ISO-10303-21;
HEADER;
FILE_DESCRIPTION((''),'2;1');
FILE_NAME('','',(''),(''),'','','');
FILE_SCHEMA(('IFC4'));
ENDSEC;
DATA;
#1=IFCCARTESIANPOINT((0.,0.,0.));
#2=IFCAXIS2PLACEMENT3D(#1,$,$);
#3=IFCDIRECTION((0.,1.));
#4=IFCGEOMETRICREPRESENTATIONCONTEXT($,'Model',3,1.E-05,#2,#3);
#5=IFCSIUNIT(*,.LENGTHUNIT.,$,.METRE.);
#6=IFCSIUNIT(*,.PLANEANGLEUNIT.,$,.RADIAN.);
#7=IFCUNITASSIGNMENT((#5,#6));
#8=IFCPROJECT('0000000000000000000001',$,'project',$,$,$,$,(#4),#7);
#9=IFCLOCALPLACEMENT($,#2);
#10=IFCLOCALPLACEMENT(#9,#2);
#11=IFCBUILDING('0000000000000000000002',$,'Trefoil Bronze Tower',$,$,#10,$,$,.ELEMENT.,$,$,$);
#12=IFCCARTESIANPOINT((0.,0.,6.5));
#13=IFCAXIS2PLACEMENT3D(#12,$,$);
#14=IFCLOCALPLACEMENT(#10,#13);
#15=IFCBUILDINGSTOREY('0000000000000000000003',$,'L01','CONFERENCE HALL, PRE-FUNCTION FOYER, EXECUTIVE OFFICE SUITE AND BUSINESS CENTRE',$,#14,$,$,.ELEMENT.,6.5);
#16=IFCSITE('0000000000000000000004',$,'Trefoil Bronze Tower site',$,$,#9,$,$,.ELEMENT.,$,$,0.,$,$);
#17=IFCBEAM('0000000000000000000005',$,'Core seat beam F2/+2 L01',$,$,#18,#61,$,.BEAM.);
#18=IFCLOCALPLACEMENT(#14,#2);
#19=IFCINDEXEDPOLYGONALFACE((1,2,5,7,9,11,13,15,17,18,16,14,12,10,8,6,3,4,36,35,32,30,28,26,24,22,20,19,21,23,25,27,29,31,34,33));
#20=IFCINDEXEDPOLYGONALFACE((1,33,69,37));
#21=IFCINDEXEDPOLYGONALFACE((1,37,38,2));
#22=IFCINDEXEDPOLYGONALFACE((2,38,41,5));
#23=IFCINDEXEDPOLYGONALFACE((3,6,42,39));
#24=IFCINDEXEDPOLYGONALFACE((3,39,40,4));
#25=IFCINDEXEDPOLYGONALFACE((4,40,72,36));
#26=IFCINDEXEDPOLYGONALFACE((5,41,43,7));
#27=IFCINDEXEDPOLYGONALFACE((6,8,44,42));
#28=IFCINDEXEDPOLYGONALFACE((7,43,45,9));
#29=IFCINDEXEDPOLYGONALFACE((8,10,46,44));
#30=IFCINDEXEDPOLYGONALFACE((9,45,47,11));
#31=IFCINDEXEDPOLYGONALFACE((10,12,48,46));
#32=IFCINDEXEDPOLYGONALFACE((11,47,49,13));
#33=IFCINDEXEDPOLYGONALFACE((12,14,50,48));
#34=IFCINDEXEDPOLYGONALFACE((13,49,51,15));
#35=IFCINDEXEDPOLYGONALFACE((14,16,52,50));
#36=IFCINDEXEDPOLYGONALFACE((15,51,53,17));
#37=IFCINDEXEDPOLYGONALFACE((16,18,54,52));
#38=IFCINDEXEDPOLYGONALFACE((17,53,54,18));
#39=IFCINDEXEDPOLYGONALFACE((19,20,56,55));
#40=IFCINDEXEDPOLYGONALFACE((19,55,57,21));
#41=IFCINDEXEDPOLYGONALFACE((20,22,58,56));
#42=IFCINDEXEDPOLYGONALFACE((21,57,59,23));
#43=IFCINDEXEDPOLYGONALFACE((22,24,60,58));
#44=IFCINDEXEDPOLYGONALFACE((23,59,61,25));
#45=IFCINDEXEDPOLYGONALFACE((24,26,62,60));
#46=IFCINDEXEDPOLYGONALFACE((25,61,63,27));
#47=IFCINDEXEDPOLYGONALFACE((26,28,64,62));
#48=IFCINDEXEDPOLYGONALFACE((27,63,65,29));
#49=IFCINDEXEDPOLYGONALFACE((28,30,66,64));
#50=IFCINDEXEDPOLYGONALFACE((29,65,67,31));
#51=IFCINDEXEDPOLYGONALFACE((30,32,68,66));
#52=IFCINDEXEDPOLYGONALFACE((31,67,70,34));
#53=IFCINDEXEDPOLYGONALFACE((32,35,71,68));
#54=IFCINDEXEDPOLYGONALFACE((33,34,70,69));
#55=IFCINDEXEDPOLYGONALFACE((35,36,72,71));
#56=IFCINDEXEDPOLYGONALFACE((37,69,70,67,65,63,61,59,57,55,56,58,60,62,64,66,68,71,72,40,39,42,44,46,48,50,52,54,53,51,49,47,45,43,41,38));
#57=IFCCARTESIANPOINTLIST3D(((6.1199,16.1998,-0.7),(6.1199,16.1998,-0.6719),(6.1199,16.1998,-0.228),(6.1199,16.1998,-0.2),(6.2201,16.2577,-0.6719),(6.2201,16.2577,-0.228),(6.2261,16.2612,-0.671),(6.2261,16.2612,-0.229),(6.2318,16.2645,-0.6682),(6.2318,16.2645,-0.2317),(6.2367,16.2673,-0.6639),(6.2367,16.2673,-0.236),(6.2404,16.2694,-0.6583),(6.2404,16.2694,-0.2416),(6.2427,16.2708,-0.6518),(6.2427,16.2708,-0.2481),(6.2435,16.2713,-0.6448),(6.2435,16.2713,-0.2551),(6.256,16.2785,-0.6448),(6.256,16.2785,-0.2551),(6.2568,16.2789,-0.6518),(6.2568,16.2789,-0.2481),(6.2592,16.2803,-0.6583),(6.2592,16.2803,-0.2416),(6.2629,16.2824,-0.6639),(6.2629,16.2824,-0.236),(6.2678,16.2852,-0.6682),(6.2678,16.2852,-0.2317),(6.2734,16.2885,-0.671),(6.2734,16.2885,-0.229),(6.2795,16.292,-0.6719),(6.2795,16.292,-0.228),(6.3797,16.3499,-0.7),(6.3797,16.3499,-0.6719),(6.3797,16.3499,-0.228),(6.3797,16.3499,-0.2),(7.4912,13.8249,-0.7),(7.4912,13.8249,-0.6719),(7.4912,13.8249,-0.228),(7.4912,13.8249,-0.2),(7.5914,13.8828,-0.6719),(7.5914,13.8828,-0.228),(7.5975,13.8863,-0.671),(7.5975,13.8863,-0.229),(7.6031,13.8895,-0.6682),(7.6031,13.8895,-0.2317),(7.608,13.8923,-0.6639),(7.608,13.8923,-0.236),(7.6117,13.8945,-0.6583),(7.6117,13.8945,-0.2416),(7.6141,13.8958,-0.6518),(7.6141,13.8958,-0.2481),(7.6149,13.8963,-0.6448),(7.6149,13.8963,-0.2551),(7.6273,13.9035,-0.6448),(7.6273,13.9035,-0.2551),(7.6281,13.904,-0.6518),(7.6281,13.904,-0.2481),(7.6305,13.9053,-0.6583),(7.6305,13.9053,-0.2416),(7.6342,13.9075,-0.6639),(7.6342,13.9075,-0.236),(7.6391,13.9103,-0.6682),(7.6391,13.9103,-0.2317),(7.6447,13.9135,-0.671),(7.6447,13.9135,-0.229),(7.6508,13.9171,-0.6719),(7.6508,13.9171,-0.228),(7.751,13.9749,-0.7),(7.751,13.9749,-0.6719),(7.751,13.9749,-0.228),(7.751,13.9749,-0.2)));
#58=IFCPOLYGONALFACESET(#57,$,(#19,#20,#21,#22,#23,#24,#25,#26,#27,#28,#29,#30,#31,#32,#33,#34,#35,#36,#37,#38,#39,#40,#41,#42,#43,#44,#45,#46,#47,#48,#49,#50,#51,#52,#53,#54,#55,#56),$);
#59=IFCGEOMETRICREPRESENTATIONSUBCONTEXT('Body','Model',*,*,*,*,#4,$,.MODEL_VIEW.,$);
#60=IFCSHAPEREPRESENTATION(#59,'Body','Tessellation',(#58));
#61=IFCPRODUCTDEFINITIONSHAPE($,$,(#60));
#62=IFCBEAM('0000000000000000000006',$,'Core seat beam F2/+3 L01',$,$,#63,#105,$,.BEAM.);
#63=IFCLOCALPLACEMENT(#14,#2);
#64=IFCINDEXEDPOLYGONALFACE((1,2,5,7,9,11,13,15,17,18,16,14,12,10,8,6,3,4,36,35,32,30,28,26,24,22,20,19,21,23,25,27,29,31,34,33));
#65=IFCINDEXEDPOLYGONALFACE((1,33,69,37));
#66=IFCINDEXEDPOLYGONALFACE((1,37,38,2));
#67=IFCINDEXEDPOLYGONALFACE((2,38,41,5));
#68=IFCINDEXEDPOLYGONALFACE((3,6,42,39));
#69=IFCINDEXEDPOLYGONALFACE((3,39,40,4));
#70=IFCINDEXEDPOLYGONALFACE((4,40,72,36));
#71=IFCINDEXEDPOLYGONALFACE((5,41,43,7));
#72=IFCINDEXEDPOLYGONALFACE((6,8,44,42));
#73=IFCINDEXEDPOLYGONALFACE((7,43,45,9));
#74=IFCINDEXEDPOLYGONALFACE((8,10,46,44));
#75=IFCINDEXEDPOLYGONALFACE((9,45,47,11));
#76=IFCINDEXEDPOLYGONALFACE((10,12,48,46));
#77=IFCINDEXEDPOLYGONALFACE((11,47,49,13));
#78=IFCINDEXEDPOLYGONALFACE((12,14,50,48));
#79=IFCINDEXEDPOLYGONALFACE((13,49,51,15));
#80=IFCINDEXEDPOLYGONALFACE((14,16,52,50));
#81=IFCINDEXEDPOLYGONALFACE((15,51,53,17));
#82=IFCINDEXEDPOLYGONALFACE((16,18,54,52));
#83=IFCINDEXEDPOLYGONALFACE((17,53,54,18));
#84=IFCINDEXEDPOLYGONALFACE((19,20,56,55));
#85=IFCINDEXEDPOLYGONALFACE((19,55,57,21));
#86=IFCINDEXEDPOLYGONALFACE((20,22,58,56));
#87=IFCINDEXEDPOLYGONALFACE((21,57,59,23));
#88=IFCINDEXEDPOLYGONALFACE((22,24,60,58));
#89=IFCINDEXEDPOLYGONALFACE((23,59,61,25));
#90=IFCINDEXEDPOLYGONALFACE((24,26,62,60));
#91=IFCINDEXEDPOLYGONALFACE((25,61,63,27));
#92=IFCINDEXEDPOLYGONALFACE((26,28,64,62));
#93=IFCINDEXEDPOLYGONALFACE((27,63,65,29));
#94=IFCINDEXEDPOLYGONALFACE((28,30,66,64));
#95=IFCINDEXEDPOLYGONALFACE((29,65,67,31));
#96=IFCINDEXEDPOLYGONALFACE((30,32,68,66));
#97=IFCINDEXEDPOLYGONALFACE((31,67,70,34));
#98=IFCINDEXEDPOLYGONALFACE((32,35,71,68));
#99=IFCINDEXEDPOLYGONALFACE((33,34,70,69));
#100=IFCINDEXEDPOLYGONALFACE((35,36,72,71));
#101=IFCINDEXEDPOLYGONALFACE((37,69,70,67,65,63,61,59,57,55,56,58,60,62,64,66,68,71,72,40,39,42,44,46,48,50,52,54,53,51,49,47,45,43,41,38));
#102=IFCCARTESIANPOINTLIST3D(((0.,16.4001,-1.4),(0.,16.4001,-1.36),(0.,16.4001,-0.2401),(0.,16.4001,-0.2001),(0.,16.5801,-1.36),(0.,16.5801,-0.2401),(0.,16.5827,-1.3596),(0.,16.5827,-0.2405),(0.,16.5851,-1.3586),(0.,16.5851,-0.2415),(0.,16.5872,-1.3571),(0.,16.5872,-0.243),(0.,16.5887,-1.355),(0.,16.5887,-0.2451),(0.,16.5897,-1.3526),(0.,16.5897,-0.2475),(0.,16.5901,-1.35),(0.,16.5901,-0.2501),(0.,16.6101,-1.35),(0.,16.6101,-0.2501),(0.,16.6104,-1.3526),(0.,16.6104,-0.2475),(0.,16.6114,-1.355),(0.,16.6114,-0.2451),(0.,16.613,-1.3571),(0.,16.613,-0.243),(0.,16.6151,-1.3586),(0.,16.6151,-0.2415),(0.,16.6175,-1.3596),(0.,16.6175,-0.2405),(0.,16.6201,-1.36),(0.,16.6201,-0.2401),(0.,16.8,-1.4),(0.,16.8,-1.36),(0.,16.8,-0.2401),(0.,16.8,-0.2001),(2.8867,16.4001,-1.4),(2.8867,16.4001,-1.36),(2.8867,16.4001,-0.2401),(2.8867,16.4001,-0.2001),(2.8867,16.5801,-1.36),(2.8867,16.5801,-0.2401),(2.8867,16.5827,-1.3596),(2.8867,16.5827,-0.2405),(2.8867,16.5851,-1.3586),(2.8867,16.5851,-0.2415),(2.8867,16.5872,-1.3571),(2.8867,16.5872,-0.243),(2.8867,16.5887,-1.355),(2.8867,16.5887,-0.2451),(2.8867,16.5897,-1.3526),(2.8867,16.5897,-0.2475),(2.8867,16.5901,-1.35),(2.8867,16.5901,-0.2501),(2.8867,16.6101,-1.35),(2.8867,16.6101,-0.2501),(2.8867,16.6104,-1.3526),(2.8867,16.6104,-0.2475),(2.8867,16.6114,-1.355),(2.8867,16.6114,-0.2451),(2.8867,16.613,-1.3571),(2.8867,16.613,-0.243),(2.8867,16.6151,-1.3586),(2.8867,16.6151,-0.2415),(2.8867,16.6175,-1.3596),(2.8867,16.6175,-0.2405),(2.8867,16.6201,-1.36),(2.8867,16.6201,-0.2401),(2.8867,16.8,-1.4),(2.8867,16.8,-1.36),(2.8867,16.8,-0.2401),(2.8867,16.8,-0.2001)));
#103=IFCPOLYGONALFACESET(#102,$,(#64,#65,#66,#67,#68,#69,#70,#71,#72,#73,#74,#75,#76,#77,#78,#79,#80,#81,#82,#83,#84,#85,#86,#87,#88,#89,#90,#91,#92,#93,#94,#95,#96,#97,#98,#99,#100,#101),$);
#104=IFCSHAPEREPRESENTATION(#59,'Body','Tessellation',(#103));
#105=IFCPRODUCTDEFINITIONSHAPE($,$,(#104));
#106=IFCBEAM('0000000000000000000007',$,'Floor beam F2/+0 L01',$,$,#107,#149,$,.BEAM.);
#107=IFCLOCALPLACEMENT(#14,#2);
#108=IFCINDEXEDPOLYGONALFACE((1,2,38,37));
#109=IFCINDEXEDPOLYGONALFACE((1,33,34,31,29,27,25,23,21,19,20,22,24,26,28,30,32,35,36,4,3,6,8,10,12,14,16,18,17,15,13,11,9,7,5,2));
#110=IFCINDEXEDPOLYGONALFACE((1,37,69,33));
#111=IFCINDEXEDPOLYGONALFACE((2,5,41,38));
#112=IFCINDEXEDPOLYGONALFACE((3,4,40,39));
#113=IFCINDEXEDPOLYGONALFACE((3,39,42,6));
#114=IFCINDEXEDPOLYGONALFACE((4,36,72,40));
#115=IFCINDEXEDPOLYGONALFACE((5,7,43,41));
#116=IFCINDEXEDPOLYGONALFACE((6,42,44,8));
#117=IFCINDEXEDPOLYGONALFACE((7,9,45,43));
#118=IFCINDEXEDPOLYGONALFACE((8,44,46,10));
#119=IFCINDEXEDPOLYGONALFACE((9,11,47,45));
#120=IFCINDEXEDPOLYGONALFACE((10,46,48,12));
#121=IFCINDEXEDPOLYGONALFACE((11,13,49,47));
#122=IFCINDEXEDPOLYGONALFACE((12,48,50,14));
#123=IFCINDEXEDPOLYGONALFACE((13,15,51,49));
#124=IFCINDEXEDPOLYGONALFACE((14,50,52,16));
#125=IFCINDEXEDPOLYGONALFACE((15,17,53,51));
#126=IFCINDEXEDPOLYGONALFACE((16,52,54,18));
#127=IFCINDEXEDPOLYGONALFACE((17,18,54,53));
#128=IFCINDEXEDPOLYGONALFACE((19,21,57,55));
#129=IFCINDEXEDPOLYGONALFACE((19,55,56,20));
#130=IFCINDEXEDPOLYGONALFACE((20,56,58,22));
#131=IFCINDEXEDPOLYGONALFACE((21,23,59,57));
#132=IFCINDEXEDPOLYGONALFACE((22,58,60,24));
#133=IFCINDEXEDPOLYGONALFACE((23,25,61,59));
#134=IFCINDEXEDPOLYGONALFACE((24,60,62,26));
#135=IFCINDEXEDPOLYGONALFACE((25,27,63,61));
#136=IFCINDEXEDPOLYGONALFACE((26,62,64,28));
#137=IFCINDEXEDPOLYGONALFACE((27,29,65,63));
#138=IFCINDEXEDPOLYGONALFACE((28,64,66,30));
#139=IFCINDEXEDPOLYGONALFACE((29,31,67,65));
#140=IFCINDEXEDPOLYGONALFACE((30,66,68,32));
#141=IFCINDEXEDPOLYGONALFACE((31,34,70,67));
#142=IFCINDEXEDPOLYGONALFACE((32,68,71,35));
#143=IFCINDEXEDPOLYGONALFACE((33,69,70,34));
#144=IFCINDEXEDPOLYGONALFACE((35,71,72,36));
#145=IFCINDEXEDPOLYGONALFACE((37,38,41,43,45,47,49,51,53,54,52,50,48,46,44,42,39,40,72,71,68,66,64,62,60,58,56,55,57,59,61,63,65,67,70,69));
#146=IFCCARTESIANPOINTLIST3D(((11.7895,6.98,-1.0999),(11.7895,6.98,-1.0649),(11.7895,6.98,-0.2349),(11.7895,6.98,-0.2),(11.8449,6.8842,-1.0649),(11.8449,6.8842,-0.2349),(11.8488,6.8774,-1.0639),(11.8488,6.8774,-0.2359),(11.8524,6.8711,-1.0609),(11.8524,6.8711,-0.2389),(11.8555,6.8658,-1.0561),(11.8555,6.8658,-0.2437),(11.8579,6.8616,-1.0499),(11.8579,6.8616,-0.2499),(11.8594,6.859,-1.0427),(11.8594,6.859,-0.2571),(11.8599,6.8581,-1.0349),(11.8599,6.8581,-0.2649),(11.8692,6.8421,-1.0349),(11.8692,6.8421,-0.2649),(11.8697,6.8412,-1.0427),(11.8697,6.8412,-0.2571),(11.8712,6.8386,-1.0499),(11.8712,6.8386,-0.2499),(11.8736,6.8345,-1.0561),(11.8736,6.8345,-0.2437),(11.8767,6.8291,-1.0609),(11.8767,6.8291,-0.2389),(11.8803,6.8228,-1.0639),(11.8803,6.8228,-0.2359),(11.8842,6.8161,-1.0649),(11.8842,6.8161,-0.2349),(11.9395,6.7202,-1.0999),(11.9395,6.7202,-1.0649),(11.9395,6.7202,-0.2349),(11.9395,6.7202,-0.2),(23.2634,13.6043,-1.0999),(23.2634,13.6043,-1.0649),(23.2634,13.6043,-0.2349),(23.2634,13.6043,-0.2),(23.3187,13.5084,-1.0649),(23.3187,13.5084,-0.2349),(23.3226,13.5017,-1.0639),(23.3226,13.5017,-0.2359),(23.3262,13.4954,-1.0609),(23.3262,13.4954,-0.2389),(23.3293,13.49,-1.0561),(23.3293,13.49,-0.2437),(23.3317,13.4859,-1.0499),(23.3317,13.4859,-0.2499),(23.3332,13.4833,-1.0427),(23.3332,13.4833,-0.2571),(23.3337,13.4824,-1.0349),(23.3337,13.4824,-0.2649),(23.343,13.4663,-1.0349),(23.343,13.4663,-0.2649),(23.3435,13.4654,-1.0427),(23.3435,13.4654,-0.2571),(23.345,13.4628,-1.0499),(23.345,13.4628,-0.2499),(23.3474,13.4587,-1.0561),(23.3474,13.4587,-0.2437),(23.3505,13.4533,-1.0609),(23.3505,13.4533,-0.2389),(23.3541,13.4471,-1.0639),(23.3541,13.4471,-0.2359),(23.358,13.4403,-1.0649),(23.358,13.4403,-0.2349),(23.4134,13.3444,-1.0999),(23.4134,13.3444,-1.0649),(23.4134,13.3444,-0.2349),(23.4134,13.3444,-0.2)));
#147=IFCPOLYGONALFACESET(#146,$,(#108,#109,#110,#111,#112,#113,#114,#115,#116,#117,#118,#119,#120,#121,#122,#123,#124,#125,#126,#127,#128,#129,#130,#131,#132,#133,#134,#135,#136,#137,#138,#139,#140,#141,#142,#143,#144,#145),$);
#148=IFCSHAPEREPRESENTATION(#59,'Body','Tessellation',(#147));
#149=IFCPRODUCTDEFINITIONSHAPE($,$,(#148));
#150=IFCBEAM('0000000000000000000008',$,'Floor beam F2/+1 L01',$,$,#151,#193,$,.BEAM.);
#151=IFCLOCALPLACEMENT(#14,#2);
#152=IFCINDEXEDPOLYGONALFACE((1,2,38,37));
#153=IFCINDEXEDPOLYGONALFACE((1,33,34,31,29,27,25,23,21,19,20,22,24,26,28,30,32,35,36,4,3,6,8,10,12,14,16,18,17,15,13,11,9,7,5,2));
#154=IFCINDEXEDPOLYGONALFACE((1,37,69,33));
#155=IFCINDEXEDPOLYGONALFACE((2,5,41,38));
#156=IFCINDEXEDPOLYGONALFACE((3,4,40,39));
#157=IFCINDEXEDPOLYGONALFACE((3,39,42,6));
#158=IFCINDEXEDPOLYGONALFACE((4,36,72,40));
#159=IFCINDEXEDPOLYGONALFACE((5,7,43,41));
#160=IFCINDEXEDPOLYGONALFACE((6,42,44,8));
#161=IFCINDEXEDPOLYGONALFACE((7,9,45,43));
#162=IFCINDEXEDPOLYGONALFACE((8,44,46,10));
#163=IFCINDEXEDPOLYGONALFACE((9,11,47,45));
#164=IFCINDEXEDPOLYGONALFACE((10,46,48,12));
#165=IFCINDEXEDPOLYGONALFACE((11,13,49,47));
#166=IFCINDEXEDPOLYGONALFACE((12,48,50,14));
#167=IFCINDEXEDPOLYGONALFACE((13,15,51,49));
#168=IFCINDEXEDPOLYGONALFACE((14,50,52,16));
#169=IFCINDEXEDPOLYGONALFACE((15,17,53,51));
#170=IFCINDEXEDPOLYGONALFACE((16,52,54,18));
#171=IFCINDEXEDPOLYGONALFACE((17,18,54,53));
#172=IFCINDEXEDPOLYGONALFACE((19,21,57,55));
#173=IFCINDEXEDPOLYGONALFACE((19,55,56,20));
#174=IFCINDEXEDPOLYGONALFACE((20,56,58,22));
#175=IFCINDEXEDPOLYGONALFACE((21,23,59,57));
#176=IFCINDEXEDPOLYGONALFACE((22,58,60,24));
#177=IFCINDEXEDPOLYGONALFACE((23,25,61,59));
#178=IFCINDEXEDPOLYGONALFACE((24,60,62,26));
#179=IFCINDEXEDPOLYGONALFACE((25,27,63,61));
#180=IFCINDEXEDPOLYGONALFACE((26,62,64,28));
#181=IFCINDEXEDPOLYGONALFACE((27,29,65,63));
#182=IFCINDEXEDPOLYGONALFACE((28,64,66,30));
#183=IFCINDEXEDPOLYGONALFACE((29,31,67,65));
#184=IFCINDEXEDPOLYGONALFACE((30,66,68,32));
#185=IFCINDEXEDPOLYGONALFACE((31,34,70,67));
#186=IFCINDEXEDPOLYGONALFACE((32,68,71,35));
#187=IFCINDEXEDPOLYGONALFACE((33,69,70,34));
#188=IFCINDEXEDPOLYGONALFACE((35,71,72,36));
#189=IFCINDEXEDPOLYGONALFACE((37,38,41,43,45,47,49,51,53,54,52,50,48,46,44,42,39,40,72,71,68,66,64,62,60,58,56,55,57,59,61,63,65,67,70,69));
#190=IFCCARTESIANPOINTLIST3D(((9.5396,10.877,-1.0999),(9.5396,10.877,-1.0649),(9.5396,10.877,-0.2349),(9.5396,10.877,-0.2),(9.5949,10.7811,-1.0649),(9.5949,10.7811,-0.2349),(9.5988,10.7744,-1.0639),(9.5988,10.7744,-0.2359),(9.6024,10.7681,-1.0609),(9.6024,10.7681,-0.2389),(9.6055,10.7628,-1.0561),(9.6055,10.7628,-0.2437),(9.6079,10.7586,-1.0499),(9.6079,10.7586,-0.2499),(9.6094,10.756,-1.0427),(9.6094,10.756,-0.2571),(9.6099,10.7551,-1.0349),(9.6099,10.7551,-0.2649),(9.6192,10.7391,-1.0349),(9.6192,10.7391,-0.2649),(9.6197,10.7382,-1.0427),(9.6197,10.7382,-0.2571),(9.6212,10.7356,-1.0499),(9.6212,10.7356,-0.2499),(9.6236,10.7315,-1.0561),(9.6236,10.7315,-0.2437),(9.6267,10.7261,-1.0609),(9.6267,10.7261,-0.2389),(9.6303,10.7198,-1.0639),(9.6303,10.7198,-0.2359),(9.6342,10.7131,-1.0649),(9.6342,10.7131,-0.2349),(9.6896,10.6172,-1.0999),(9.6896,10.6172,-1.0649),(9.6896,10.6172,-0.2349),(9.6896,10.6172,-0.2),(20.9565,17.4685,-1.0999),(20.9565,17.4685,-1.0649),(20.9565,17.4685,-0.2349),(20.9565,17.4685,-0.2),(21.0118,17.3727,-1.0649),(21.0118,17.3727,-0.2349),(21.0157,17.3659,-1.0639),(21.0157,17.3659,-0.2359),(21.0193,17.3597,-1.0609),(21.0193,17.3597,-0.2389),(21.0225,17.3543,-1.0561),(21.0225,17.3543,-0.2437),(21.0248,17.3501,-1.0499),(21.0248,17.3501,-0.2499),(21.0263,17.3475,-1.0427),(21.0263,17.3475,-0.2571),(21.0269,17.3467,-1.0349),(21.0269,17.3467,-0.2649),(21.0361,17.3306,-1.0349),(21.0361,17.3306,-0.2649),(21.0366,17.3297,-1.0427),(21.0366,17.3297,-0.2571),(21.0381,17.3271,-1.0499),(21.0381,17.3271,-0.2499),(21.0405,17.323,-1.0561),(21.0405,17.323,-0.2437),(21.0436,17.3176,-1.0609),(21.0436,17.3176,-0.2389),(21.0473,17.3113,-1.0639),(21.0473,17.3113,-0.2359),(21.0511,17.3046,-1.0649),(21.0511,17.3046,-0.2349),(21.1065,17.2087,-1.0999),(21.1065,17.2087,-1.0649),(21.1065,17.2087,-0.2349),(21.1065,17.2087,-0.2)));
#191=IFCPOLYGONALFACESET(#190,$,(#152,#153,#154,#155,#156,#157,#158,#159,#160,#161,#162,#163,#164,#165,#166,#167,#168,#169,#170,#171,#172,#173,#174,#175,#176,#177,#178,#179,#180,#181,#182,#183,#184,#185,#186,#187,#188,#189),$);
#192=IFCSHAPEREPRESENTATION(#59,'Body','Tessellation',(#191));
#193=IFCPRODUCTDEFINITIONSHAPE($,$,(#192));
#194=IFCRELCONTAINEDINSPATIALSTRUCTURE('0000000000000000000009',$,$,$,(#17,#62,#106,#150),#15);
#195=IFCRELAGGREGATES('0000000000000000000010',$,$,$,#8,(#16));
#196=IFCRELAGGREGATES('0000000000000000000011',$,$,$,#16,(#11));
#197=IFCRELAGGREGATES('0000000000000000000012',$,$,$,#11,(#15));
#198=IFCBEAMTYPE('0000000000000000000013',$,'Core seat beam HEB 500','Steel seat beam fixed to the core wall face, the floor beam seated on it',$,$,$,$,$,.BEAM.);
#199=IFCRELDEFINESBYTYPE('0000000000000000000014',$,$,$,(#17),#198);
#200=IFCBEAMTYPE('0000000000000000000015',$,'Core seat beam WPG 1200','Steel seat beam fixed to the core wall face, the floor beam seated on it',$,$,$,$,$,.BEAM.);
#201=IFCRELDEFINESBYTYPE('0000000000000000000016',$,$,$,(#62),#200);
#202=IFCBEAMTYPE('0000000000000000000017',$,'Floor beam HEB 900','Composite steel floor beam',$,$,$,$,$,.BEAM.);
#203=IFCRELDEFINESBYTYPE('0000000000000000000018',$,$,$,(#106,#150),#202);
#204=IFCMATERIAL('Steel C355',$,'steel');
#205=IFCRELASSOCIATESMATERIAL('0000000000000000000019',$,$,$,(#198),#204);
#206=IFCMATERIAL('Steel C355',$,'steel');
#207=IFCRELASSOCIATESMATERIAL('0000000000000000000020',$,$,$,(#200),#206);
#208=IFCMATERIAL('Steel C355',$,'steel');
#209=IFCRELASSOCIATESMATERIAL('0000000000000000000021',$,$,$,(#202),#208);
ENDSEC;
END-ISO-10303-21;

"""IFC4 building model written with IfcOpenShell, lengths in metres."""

from ifc_helpers import new_model, si_unit, direction, frame, origin, origin_2d, place, context, subcontext, project, spatial, i_section, extrude, material, material_profile, profile_set, type_object, element, save


model = new_model("IFC4")

# Units and contexts
model_context = context("Model", 3, precision=1e-05, world=origin(), true_north=direction((0.0, 1.0)))
body_context = subcontext(model_context, "Body", "Model", "MODEL_VIEW")
ifc_project = project(units=[si_unit("LENGTHUNIT", "METRE"), si_unit("PLANEANGLEUNIT", "RADIAN")], contexts=[model_context])

# Site, building, storey
site_placement = place(None, origin())
site = spatial("IfcSite", under=ifc_project, at=site_placement, Name="Trefoil Bronze Tower site", CompositionType="ELEMENT", RefElevation=0.0)
building_placement = place(site_placement, origin())
building = spatial("IfcBuilding", under=site, at=building_placement, Name="Trefoil Bronze Tower", CompositionType="ELEMENT")
storey_placement = place(building_placement, frame((0.0, 0.0, 6.5)))
storey = spatial("IfcBuildingStorey", under=building, at=storey_placement, Name="L01", Description="CONFERENCE HALL, PRE-FUNCTION FOYER, EXECUTIVE OFFICE SUITE AND BUSINESS CENTRE", CompositionType="ELEMENT", Elevation=6.5)

# Beams
ifc_material_1 = material(Name="Steel C355", Category="steel")
ifc_material_profile_1 = material_profile(ifc_material_1, i_section(OverallWidth=0.3, OverallDepth=0.5, WebThickness=0.0144, FlangeThickness=0.0281, FilletRadius=0.0271, at=origin_2d()), Name="HEB 500")
ifc_profile_set_1 = profile_set([ifc_material_profile_1], Name="Steel C355")
beam_type_1 = type_object("IfcBeamType", Name="Core seat beam HEB 500", Description="Steel seat beam fixed to the core wall face, the floor beam seated on it", PredefinedType="BEAM", material=ifc_profile_set_1)
beam_1_placement = place(storey_placement, frame((7.6211, 13.8999, -0.45), z_axis=(-0.500036, 0.866005, 0.0), x_axis=(-0.866005, -0.500036, 0.0)))
element("IfcBeam", 1, at=beam_1_placement, inside=storey, type_object=beam_type_1, Name="Core seat beam F2/+2 L01", PredefinedType="BEAM", context=body_context, shape_type="SweptSolid", body=[
    extrude(i_section(OverallWidth=0.3, OverallDepth=0.5, WebThickness=0.0144, FlangeThickness=0.0281, FilletRadius=0.0271, at=origin_2d()), origin(), (0.0, 0.0, 1.0), 2.7424),
])
ifc_material_2 = material(Name="Steel C355", Category="steel")
ifc_material_profile_2 = material_profile(ifc_material_2, i_section(OverallWidth=0.3999, OverallDepth=1.2, WebThickness=0.02, FlangeThickness=0.04, FilletRadius=0.01, at=origin_2d()), Name="WPG 1200")
ifc_profile_set_2 = profile_set([ifc_material_profile_2], Name="Steel C355")
beam_type_2 = type_object("IfcBeamType", Name="Core seat beam WPG 1200", Description="Steel seat beam fixed to the core wall face, the floor beam seated on it", PredefinedType="BEAM", material=ifc_profile_set_2)
beam_2_placement = place(storey_placement, frame((2.8867, 16.6001, -0.8), z_axis=(-1.0, 0.0, 0.0), x_axis=(0.0, -1.0, 0.0)))
element("IfcBeam", 2, at=beam_2_placement, inside=storey, type_object=beam_type_2, Name="Core seat beam F2/+3 L01", PredefinedType="BEAM", context=body_context, shape_type="SweptSolid", body=[
    extrude(i_section(OverallWidth=0.3999, OverallDepth=1.2, WebThickness=0.02, FlangeThickness=0.04, FilletRadius=0.01, at=origin_2d()), origin(), (0.0, 0.0, 1.0), 2.8867),
])
ifc_material_3 = material(Name="Steel C355", Category="steel")
ifc_material_profile_3 = material_profile(ifc_material_3, i_section(OverallWidth=0.3, OverallDepth=0.8999, WebThickness=0.0186, FlangeThickness=0.0349, FilletRadius=0.03, at=origin_2d()), Name="HEB 900")
ifc_profile_set_3 = profile_set([ifc_material_profile_3], Name="Steel C355")
beam_type_3 = type_object("IfcBeamType", Name="Floor beam HEB 900", Description="Composite steel floor beam", PredefinedType="BEAM", material=ifc_profile_set_3)
beam_3_placement = place(storey_placement, frame((23.3384, 13.4744, -0.6499), z_axis=(-0.866031, -0.49999, 0.0), x_axis=(0.49999, -0.866031, 0.0)))
element("IfcBeam", 3, at=beam_3_placement, inside=storey, type_object=beam_type_3, Name="Floor beam F2/+0 L01", PredefinedType="BEAM", context=body_context, shape_type="SweptSolid", body=[
    extrude(i_section(OverallWidth=0.3, OverallDepth=0.8999, WebThickness=0.0186, FlangeThickness=0.0349, FilletRadius=0.03, at=origin_2d()), origin(), (0.0, 0.0, 1.0), 13.2488),
])
beam_4_placement = place(storey_placement, frame((21.0315, 17.3386, -0.6499), z_axis=(-0.866027, -0.499997, 0.0), x_axis=(0.499997, -0.866027, 0.0)))
element("IfcBeam", 4, at=beam_4_placement, inside=storey, type_object=beam_type_3, Name="Floor beam F2/+1 L01", PredefinedType="BEAM", context=body_context, shape_type="SweptSolid", body=[
    extrude(i_section(OverallWidth=0.3, OverallDepth=0.8999, WebThickness=0.0186, FlangeThickness=0.0349, FilletRadius=0.03, at=origin_2d()), origin(), (0.0, 0.0, 1.0), 13.1831),
])

save(model, "model.ifc")
